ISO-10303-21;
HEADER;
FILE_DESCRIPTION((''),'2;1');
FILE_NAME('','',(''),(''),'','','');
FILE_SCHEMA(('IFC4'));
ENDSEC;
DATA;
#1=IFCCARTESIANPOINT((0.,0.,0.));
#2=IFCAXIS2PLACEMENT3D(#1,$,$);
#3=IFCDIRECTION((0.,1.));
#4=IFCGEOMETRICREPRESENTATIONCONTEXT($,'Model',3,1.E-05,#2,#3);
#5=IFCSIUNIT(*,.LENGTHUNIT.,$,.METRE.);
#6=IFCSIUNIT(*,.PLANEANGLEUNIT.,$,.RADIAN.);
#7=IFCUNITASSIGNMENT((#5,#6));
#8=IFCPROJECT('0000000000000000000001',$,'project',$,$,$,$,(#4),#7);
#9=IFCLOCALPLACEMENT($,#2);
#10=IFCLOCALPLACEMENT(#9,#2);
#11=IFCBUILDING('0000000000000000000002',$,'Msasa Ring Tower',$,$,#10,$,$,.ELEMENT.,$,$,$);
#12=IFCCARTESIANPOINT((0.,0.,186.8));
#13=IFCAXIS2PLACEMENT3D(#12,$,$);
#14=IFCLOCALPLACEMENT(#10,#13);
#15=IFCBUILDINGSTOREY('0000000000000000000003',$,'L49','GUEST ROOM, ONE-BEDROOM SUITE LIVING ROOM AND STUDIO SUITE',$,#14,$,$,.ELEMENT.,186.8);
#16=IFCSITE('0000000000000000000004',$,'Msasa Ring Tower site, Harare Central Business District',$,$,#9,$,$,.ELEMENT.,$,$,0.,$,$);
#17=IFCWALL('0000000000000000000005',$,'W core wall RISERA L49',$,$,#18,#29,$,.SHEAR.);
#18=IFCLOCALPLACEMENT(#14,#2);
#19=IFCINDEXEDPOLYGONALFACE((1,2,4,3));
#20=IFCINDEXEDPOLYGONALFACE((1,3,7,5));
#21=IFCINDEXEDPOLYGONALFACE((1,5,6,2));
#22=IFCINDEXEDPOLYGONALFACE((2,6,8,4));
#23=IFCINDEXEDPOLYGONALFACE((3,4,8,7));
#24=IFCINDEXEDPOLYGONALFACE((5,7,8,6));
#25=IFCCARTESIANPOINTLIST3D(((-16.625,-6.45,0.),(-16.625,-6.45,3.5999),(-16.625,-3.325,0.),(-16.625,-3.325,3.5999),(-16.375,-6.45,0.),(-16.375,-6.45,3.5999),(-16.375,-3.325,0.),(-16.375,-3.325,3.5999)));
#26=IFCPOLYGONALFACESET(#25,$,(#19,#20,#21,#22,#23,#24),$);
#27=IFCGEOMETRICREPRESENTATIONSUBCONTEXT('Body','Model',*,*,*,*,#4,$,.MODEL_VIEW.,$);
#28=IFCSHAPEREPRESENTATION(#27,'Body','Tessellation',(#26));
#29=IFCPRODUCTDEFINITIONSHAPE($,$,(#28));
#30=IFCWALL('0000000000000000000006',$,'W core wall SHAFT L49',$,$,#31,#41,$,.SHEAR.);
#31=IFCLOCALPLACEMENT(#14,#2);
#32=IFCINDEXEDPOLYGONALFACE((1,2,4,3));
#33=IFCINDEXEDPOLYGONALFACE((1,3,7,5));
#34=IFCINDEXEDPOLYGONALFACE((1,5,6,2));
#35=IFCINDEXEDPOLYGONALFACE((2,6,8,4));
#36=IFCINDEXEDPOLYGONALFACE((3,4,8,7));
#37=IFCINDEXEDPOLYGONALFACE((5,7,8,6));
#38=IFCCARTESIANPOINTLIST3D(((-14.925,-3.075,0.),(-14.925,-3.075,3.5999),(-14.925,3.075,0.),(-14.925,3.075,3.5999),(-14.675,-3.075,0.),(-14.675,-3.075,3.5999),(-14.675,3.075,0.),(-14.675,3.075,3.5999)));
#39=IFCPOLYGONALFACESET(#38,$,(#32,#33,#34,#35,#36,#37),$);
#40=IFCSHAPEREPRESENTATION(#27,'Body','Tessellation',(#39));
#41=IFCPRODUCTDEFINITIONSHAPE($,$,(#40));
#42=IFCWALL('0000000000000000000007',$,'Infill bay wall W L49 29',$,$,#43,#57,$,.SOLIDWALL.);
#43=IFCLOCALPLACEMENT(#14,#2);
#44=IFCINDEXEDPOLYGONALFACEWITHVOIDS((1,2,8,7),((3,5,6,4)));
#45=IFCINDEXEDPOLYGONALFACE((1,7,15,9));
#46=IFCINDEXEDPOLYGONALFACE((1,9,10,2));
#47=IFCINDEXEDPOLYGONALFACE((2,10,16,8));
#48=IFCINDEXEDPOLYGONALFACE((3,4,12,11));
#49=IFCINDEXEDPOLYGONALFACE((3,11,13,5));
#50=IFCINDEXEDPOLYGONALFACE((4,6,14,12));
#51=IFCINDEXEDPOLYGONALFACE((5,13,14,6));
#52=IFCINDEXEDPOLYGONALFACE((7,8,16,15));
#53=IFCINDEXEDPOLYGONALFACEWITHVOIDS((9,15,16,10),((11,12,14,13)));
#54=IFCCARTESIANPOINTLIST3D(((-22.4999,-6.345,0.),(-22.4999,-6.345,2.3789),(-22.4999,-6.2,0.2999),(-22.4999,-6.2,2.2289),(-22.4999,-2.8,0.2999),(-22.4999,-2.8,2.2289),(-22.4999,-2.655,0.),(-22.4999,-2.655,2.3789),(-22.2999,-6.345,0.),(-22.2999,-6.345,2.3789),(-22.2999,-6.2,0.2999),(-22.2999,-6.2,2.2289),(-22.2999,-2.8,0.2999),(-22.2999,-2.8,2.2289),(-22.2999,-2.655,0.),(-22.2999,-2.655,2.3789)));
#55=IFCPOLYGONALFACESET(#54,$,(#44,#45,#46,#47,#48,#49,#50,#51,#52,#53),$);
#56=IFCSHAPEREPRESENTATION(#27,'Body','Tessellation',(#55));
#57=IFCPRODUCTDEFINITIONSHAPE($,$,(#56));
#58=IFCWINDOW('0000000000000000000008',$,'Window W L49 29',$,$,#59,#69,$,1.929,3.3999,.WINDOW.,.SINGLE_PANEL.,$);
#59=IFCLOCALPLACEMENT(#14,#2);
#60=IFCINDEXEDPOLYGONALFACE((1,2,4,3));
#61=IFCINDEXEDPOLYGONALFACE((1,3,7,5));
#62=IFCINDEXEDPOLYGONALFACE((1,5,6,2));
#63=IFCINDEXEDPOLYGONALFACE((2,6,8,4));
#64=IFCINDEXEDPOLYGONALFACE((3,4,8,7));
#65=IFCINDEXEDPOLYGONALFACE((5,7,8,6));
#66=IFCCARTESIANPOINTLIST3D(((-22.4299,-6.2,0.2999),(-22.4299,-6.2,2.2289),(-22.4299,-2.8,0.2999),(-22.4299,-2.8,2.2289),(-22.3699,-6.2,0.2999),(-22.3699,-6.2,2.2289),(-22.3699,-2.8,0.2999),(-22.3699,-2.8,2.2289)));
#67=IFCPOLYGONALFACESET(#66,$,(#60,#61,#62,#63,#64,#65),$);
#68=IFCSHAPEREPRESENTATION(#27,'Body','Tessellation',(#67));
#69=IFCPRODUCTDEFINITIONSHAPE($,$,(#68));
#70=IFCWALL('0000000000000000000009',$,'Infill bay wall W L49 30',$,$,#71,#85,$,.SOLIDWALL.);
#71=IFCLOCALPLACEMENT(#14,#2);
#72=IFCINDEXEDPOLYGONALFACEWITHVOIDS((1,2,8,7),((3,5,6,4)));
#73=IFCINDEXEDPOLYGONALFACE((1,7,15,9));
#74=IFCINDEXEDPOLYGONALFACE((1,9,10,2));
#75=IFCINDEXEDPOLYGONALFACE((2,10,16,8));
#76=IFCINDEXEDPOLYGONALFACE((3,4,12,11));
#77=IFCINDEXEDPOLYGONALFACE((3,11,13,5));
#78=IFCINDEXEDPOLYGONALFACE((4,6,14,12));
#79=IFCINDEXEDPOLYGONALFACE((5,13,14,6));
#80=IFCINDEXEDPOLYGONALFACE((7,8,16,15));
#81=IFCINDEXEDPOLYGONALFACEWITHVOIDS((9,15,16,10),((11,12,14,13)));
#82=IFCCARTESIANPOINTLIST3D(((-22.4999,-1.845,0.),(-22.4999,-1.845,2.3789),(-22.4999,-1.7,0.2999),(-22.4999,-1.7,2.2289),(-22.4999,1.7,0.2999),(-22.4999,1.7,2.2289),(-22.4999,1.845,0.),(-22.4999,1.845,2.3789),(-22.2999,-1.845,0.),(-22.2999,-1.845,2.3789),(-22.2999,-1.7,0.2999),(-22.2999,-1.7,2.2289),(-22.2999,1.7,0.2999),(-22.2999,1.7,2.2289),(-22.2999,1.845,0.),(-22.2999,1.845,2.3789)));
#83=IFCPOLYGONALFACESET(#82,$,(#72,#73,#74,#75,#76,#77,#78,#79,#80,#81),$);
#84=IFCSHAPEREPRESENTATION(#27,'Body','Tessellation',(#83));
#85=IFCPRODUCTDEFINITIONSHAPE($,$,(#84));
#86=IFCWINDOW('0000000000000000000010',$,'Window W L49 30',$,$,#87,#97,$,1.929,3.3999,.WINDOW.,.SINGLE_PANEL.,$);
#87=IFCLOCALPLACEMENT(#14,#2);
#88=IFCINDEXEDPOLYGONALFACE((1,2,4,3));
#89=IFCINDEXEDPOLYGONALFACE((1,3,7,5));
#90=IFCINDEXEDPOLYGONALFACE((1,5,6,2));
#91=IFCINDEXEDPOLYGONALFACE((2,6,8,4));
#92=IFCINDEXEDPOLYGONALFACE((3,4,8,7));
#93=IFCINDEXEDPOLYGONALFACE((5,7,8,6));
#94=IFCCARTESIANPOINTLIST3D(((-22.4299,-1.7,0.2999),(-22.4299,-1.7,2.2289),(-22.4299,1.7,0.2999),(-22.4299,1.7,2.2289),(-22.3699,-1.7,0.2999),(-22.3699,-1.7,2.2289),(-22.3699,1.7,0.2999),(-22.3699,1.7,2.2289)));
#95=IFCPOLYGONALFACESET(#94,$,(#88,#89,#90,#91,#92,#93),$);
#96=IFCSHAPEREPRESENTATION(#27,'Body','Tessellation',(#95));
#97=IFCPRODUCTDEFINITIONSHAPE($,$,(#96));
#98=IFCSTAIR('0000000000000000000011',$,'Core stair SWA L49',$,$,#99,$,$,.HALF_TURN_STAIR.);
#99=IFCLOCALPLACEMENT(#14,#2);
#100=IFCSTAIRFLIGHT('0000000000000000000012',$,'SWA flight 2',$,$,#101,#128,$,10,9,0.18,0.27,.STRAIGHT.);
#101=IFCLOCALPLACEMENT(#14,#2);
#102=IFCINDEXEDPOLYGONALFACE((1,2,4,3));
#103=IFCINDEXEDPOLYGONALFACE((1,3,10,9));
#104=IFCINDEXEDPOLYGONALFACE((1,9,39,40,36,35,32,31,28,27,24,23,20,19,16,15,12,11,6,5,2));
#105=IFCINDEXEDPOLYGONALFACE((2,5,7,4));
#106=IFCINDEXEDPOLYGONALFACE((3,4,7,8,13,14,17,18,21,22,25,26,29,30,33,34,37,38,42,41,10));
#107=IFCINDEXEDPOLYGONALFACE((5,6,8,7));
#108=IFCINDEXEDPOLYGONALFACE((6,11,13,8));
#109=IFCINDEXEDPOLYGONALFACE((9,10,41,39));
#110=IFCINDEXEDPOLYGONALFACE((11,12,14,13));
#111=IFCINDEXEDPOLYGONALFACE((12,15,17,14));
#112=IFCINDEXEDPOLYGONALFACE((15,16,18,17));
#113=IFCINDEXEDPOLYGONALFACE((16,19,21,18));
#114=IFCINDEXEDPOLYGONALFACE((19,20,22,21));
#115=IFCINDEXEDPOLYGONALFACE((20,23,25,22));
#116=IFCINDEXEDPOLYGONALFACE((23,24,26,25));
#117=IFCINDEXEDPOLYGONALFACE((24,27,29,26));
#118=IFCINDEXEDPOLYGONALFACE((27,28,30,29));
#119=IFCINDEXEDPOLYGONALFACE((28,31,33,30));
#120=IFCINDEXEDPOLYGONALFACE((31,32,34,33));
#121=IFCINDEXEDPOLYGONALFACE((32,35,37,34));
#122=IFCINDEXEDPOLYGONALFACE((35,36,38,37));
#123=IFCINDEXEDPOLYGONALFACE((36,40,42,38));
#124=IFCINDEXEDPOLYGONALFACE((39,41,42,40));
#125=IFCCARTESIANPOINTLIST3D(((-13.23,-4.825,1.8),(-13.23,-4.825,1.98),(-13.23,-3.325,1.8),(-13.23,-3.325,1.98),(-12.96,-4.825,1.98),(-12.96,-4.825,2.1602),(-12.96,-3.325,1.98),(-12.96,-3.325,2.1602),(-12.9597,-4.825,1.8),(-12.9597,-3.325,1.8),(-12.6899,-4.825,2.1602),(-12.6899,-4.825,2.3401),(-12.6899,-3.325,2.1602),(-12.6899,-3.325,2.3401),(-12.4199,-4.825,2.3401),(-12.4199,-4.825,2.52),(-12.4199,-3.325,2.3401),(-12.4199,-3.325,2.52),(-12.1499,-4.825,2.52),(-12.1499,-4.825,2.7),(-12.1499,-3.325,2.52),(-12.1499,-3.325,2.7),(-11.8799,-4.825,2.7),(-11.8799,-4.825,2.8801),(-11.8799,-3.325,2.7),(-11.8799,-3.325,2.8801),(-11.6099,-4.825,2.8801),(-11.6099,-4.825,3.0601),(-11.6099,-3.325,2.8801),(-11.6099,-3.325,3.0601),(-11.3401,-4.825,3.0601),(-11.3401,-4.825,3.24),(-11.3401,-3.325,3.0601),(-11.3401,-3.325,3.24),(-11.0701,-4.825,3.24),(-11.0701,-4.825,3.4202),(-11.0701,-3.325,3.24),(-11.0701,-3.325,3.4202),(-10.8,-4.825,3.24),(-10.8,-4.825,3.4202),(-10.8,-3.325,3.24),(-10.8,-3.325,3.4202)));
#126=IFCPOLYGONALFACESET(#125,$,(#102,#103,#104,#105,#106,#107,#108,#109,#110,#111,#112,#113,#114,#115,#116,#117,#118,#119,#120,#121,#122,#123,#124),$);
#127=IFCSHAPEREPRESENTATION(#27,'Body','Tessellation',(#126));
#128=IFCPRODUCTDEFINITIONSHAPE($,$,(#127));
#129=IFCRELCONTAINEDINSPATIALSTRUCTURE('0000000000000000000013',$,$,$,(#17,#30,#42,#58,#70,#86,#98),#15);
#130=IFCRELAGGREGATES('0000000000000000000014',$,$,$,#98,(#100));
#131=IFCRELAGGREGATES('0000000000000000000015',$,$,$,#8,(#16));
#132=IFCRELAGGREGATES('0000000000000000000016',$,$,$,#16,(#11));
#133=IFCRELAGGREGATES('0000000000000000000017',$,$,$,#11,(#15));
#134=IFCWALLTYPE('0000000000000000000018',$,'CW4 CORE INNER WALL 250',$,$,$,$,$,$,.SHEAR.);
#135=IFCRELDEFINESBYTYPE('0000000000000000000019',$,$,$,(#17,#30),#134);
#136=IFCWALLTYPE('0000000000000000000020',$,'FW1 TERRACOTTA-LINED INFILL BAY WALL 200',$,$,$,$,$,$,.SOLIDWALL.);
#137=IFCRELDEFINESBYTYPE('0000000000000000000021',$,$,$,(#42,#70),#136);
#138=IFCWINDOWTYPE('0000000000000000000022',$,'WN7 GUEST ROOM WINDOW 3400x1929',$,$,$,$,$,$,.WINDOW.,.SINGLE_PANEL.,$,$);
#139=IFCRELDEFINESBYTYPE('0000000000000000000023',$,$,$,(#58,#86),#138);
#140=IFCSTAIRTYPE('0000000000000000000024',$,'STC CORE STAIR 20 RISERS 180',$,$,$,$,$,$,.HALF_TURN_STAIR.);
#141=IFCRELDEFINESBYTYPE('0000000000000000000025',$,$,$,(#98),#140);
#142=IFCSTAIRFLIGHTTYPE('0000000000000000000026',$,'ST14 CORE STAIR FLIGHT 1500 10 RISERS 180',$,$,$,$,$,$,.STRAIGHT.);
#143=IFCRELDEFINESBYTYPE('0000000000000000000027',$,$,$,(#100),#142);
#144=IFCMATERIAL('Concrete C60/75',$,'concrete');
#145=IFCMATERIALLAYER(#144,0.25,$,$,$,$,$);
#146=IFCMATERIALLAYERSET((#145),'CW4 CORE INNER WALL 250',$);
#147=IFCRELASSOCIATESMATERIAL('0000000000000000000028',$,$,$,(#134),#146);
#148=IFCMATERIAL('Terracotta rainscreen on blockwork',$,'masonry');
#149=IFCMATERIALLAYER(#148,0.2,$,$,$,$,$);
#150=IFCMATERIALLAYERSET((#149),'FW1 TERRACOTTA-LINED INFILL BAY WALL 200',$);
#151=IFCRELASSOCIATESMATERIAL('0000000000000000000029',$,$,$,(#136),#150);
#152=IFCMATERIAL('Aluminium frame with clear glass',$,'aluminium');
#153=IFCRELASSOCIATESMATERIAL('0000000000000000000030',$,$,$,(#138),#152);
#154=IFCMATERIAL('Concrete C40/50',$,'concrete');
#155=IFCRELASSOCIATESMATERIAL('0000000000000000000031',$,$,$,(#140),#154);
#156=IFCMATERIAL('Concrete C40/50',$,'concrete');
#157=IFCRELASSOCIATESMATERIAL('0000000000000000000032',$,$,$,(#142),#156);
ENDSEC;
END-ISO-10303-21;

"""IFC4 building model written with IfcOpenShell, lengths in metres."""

from ifc_helpers import new_model, si_unit, direction, frame, frame_2d, origin, place, context, subcontext, project, spatial, polyline, rectangle, outline, extrude, material, layer, layer_set, type_object, element, fill, aggregate, save


model = new_model("IFC4")

# Units and contexts
model_context = context("Model", 3, precision=1e-05, world=origin(), true_north=direction((0.0, 1.0)))
body_context = subcontext(model_context, "Body", "Model", "MODEL_VIEW")
ifc_project = project(units=[si_unit("LENGTHUNIT", "METRE"), si_unit("PLANEANGLEUNIT", "RADIAN")], contexts=[model_context])

# Site, building, storey
site_placement = place(None, origin())
site = spatial("IfcSite", under=ifc_project, at=site_placement, Name="Msasa Ring Tower site, Harare Central Business District", CompositionType="ELEMENT", RefElevation=0.0)
building_placement = place(site_placement, origin())
building = spatial("IfcBuilding", under=site, at=building_placement, Name="Msasa Ring Tower", CompositionType="ELEMENT")
storey_placement = place(building_placement, frame((0.0, 0.0, 186.8)))
storey = spatial("IfcBuildingStorey", under=building, at=storey_placement, Name="L49", Description="GUEST ROOM, ONE-BEDROOM SUITE LIVING ROOM AND STUDIO SUITE", CompositionType="ELEMENT", Elevation=186.8)

# Walls
ifc_material_1 = material(Name="Concrete C60/75", Category="concrete")
ifc_layer_1 = layer(ifc_material_1, 0.25)
ifc_layer_set_1 = layer_set([ifc_layer_1], Name="CW4 CORE INNER WALL 250")
wall_type_1 = type_object("IfcWallType", Name="CW4 CORE INNER WALL 250", PredefinedType="SHEAR", material=ifc_layer_set_1)
wall_1_placement = place(storey_placement, frame((-16.5, -6.45, 0.0), z_axis=(0.0, 0.0, 1.0), x_axis=(0.0, 1.0, 0.0)))
element("IfcWall", 1, at=wall_1_placement, inside=storey, type_object=wall_type_1, Name="W core wall RISERA L49", PredefinedType="SHEAR", context=body_context, shape_type="SweptSolid", body=[
    extrude(rectangle(XDim=3.125, YDim=0.25, at=frame_2d((1.5625, 0.0))), origin(), (0.0, 0.0, 1.0), 3.5999),
])
wall_2_placement = place(storey_placement, frame((-14.8, -3.075, 0.0), z_axis=(0.0, 0.0, 1.0), x_axis=(0.0, 1.0, 0.0)))
element("IfcWall", 2, at=wall_2_placement, inside=storey, type_object=wall_type_1, Name="W core wall SHAFT L49", PredefinedType="SHEAR", context=body_context, shape_type="SweptSolid", body=[
    extrude(rectangle(XDim=6.1499, YDim=0.25, at=frame_2d((3.075, 0.0))), origin(), (0.0, 0.0, 1.0), 3.5999),
])

# Walls, openings, windows
ifc_material_2 = material(Name="Terracotta rainscreen on blockwork", Category="masonry")
ifc_layer_2 = layer(ifc_material_2, 0.2)
ifc_layer_set_2 = layer_set([ifc_layer_2], Name="FW1 TERRACOTTA-LINED INFILL BAY WALL 200")
wall_type_2 = type_object("IfcWallType", Name="FW1 TERRACOTTA-LINED INFILL BAY WALL 200", PredefinedType="SOLIDWALL", material=ifc_layer_set_2)
wall_3_placement = place(storey_placement, frame((-22.3999, -6.345, 0.0), z_axis=(0.0, 0.0, 1.0), x_axis=(0.0, 1.0, 0.0)))
wall_3 = element("IfcWall", 3, at=wall_3_placement, inside=storey, type_object=wall_type_2, Name="Infill bay wall W L49 29", PredefinedType="SOLIDWALL", context=body_context, shape_type="SweptSolid", body=[
    extrude(rectangle(XDim=3.6899, YDim=0.2, at=frame_2d((1.845, 0.0))), origin(), (0.0, 0.0, 1.0), 2.3789),
])
opening_1_placement = place(wall_3_placement, frame((0.145, 0.0, 0.3)))
opening_1 = element("IfcOpeningElement", 4, at=opening_1_placement, cuts=wall_3, PredefinedType="OPENING", context=body_context, shape_type="SweptSolid", body=[
    extrude(rectangle(XDim=3.3999, YDim=1.929, at=frame_2d((1.7, 0.9644))), frame((0.0, 0.1099, 0.0), z_axis=(0.0, -1.0, 0.0), x_axis=(1.0, 0.0, 0.0)), (0.0, 0.0, 1.0), 0.22),
])
ifc_material_3 = material(Name="Aluminium frame with clear glass", Category="aluminium")
window_type = type_object("IfcWindowType", Name="WN7 GUEST ROOM WINDOW 3400x1929", PartitioningType="SINGLE_PANEL", PredefinedType="WINDOW", material=ifc_material_3)
window_1_placement = place(opening_1_placement, origin())
window_1 = element("IfcWindow", 5, at=window_1_placement, inside=storey, type_object=window_type, Name="Window W L49 29", OverallHeight=1.929, OverallWidth=3.3999, PartitioningType="SINGLE_PANEL", PredefinedType="WINDOW", context=body_context, shape_type="SweptSolid", body=[
    extrude(rectangle(XDim=3.3999, YDim=1.929, at=frame_2d((1.7, 0.9644))), frame((0.0, 0.03, 0.0), z_axis=(0.0, -1.0, 0.0), x_axis=(1.0, 0.0, 0.0)), (0.0, 0.0, 1.0), 0.0601),
])
fill(opening_1, window_1)
wall_4_placement = place(storey_placement, frame((-22.3999, -1.845, 0.0), z_axis=(0.0, 0.0, 1.0), x_axis=(0.0, 1.0, 0.0)))
wall_4 = element("IfcWall", 6, at=wall_4_placement, inside=storey, type_object=wall_type_2, Name="Infill bay wall W L49 30", PredefinedType="SOLIDWALL", context=body_context, shape_type="SweptSolid", body=[
    extrude(rectangle(XDim=3.6899, YDim=0.2, at=frame_2d((1.845, 0.0))), origin(), (0.0, 0.0, 1.0), 2.3789),
])
opening_2_placement = place(wall_4_placement, frame((0.145, 0.0, 0.3)))
opening_2 = element("IfcOpeningElement", 7, at=opening_2_placement, cuts=wall_4, PredefinedType="OPENING", context=body_context, shape_type="SweptSolid", body=[
    extrude(rectangle(XDim=3.3999, YDim=1.929, at=frame_2d((1.7, 0.9644))), frame((0.0, 0.1099, 0.0), z_axis=(0.0, -1.0, 0.0), x_axis=(1.0, 0.0, 0.0)), (0.0, 0.0, 1.0), 0.22),
])
window_2_placement = place(opening_2_placement, origin())
window_2 = element("IfcWindow", 8, at=window_2_placement, inside=storey, type_object=window_type, Name="Window W L49 30", OverallHeight=1.929, OverallWidth=3.3999, PartitioningType="SINGLE_PANEL", PredefinedType="WINDOW", context=body_context, shape_type="SweptSolid", body=[
    extrude(rectangle(XDim=3.3999, YDim=1.929, at=frame_2d((1.7, 0.9644))), frame((0.0, 0.03, 0.0), z_axis=(0.0, -1.0, 0.0), x_axis=(1.0, 0.0, 0.0)), (0.0, 0.0, 1.0), 0.0601),
])
fill(opening_2, window_2)

# Stair, stair flight
ifc_material_4 = material(Name="Concrete C40/50", Category="concrete")
stair_type = type_object("IfcStairType", Name="STC CORE STAIR 20 RISERS 180", PredefinedType="HALF_TURN_STAIR", material=ifc_material_4)
stair_placement = place(storey_placement, origin())
stair = element("IfcStair", 9, at=stair_placement, inside=storey, type_object=stair_type, Name="Core stair SWA L49", PredefinedType="HALF_TURN_STAIR")
ifc_material_5 = material(Name="Concrete C40/50", Category="concrete")
stair_flight_type = type_object("IfcStairFlightType", Name="ST14 CORE STAIR FLIGHT 1500 10 RISERS 180", PredefinedType="STRAIGHT", material=ifc_material_5)
stair_flight_placement = place(storey_placement, frame((-13.23, -4.075, 1.8), z_axis=(0.0, 0.0, 1.0), x_axis=(1.0, 0.0, 0.0)))
stair_flight = element("IfcStairFlight", 10, at=stair_flight_placement, type_object=stair_flight_type, Name="SWA flight 2", NumberOfRisers=10, NumberOfTreads=9, PredefinedType="STRAIGHT", RiserHeight=0.18, TreadLength=0.27, context=body_context, shape_type="SweptSolid", body=[
    extrude(outline(polyline([(0.0, 0.0), (0.0, 0.1799), (0.27, 0.1799), (0.27, 0.3601), (0.54, 0.3601), (0.54, 0.54), (0.8101, 0.54), (0.8101, 0.72), (1.0801, 0.72), (1.0801, 0.8999), (1.3501, 0.8999), (1.3501, 1.0801), (1.6201, 1.0801), (1.6201, 1.26), (1.8899, 1.26), (1.8899, 1.4399), (2.1599, 1.4399), (2.1599, 1.6201), (2.4299, 1.6201), (2.4299, 1.8), (2.4299, 1.4399), (0.2703, 0.0), (0.0, 0.0)])), frame((0.0, 0.75, 0.0), z_axis=(0.0, -1.0, 0.0), x_axis=(1.0, 0.0, 0.0)), (0.0, 0.0, 1.0), 1.5),
])
aggregate(stair, [stair_flight])

save(model, "model.ifc")
